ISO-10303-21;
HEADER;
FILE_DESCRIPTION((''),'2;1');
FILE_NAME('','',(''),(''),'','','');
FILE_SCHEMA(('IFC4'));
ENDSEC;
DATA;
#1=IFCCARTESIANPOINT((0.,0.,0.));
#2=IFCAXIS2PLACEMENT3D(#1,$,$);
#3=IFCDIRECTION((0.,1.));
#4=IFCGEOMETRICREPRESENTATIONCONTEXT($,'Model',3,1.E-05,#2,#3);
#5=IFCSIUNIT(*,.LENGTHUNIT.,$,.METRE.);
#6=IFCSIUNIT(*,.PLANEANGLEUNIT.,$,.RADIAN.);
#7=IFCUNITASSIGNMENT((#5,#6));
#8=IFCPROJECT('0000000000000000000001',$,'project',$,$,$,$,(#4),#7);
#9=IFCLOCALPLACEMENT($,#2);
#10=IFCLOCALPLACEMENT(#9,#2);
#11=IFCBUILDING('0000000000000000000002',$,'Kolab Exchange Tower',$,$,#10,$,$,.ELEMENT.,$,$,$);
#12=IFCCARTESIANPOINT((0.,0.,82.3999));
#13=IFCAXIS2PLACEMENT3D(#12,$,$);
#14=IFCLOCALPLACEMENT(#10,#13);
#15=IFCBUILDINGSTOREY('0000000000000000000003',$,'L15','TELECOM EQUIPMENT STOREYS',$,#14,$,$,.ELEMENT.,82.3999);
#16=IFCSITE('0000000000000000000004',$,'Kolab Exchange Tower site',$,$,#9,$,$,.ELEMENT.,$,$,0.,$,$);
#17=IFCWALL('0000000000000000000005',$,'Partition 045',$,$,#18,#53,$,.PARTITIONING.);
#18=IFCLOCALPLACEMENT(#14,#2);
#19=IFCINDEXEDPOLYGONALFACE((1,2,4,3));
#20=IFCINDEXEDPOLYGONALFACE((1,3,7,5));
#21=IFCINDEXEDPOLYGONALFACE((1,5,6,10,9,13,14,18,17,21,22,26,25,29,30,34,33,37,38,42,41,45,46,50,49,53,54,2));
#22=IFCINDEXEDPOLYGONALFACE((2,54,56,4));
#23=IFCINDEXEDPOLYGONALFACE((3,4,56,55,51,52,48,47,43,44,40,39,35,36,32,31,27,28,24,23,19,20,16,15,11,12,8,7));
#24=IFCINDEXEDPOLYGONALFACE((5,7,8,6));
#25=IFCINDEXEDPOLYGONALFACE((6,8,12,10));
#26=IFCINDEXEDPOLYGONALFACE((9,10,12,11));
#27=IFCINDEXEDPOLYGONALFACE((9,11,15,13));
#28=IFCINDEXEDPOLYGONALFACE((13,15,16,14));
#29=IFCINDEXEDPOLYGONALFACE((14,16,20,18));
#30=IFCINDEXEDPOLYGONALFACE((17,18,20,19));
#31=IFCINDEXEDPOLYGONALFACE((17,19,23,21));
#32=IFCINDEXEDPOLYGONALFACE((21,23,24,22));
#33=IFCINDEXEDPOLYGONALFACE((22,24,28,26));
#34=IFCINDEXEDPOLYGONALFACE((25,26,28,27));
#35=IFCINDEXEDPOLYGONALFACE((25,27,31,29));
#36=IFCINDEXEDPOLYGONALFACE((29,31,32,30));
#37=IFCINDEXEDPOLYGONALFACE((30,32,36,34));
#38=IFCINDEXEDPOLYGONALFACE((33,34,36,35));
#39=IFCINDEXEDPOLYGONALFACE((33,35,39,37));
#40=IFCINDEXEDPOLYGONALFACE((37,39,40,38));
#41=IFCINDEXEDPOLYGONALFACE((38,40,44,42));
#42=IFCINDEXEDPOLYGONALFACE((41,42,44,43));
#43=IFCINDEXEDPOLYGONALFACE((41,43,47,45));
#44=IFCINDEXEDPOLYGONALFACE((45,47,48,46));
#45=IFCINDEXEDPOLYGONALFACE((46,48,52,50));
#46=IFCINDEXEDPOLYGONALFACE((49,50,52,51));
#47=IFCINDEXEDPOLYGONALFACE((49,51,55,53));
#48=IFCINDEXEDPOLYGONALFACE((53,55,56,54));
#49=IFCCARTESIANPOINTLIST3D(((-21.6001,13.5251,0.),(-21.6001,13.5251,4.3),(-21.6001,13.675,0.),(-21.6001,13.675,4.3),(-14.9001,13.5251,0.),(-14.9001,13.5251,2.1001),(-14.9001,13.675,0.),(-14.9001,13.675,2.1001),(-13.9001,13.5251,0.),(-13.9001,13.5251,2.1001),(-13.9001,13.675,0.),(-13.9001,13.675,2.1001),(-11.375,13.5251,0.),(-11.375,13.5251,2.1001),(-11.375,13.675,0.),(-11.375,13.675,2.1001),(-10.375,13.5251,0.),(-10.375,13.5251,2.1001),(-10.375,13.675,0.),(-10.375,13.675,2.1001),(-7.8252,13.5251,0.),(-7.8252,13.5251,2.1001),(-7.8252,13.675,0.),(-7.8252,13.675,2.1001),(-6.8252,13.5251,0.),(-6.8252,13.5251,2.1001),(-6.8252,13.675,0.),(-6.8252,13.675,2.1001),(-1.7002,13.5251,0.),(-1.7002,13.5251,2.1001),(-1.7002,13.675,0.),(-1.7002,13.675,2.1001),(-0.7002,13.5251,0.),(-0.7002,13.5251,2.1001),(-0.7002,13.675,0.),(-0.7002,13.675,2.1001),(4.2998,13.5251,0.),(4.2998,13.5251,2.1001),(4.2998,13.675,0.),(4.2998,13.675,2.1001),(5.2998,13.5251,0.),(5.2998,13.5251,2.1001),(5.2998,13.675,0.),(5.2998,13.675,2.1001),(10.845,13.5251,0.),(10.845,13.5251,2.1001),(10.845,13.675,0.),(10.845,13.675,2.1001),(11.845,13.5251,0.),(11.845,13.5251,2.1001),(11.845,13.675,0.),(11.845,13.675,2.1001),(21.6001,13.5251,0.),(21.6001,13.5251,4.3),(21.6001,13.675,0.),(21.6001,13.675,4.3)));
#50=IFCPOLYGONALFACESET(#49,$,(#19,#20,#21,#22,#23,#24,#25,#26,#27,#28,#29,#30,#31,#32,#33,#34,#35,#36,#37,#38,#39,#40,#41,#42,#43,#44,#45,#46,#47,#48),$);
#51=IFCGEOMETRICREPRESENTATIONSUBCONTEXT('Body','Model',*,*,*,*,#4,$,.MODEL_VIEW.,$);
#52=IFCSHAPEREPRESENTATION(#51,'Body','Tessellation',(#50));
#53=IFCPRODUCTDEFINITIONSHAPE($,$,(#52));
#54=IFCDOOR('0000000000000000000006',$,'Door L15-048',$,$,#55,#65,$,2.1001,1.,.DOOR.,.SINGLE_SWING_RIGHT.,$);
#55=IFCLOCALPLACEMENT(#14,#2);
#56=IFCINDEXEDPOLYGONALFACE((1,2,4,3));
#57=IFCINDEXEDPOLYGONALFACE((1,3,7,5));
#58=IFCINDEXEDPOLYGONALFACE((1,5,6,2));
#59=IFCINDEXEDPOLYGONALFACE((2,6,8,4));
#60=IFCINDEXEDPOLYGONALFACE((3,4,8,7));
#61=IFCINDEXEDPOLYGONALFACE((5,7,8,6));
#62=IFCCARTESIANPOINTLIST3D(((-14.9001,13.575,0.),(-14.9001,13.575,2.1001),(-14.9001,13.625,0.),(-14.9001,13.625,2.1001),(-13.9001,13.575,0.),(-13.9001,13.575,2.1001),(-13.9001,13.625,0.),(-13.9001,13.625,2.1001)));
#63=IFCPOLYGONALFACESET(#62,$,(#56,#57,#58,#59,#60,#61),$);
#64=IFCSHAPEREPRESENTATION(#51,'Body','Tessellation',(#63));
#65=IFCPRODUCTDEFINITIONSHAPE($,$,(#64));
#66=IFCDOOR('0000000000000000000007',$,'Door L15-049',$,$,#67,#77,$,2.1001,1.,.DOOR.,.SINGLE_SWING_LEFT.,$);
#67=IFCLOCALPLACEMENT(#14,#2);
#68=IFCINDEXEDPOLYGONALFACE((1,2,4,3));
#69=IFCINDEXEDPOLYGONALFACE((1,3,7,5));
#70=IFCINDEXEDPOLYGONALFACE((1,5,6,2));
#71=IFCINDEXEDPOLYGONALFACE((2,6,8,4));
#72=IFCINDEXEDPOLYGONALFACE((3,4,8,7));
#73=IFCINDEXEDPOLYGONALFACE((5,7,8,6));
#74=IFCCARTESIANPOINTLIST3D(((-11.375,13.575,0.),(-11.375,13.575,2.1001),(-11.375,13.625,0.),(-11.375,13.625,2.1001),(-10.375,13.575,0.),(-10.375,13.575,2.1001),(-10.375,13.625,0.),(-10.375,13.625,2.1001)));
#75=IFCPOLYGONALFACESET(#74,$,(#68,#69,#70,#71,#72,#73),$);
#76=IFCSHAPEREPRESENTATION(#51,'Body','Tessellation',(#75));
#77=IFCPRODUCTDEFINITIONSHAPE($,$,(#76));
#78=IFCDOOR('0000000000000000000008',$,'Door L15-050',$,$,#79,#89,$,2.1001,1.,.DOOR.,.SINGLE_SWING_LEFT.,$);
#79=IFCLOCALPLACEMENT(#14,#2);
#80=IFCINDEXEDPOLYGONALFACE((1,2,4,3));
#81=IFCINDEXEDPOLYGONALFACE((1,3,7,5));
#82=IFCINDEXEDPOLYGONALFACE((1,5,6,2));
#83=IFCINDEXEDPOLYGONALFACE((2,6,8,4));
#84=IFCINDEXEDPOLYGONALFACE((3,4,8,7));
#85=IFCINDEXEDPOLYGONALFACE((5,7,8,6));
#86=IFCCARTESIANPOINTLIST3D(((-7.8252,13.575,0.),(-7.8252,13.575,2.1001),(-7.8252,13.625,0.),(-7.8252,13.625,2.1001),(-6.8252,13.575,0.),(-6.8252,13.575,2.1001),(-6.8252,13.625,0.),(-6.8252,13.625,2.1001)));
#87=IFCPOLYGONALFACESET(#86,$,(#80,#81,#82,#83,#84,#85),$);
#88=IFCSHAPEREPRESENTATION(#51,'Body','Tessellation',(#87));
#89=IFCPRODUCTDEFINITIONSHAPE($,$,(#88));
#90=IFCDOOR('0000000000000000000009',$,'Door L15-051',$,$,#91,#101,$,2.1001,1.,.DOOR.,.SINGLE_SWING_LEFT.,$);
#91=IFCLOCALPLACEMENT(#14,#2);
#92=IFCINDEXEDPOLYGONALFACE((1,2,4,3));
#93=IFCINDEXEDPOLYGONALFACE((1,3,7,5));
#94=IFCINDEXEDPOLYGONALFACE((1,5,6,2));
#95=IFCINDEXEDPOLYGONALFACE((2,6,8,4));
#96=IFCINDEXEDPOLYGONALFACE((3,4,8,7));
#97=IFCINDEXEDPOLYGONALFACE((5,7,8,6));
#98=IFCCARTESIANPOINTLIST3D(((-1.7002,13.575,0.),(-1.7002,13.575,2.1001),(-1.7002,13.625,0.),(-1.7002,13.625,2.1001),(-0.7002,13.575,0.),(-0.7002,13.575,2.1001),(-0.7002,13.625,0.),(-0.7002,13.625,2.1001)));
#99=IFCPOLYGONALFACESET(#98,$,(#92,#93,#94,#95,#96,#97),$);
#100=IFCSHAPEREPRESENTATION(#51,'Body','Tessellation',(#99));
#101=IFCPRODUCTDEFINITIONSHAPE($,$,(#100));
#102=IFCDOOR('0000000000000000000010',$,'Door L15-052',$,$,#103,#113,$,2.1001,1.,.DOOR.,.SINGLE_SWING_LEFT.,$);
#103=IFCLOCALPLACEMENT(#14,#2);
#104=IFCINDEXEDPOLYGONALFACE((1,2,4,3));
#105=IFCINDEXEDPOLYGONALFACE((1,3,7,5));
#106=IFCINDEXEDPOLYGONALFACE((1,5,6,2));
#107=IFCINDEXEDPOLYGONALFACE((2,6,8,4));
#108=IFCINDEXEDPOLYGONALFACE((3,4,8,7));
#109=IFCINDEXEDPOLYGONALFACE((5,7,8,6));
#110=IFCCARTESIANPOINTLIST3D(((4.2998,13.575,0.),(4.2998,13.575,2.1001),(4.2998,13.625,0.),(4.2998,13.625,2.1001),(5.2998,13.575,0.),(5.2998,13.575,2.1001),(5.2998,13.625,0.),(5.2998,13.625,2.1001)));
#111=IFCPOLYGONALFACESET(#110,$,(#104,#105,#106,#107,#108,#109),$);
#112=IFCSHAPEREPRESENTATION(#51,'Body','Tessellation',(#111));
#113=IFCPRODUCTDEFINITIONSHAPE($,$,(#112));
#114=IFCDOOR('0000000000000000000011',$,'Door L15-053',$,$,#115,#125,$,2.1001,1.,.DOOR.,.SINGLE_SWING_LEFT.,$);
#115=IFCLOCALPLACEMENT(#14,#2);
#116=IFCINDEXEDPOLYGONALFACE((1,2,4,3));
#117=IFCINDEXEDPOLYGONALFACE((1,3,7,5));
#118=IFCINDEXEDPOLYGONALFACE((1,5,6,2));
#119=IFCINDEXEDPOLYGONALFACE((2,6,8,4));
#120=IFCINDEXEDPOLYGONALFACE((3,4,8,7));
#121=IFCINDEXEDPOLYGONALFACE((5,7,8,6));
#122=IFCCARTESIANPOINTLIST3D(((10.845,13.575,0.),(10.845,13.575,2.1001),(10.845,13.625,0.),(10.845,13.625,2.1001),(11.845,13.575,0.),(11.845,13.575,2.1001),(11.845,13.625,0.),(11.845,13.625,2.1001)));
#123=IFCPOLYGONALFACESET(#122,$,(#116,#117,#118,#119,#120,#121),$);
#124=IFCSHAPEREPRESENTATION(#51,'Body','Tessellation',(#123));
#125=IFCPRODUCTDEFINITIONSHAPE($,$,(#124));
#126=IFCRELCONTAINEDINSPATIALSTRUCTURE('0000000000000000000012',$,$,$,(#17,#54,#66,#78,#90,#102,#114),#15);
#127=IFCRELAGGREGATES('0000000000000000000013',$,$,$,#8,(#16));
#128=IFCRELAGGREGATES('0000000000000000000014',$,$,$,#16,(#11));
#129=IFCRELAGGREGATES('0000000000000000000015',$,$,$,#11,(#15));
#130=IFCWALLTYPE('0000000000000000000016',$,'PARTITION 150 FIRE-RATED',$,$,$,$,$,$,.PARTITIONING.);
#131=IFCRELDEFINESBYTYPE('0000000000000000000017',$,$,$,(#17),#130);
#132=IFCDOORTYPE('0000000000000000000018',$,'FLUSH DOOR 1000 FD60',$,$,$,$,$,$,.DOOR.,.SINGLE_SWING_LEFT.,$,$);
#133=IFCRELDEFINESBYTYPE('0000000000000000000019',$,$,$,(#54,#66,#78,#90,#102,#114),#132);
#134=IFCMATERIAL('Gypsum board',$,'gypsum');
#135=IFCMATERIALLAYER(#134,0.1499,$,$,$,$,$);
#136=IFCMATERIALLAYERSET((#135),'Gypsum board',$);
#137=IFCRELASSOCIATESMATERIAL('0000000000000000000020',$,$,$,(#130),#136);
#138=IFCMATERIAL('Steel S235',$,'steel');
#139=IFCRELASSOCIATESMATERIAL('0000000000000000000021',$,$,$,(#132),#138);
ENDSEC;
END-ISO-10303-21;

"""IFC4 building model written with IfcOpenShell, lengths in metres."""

from ifc_helpers import new_model, si_unit, direction, frame, frame_2d, origin, place, context, subcontext, project, spatial, rectangle, extrude, material, layer, layer_set, type_object, element, fill, save


model = new_model("IFC4")

# Units and contexts
model_context = context("Model", 3, precision=1e-05, world=origin(), true_north=direction((0.0, 1.0)))
body_context = subcontext(model_context, "Body", "Model", "MODEL_VIEW")
ifc_project = project(units=[si_unit("LENGTHUNIT", "METRE"), si_unit("PLANEANGLEUNIT", "RADIAN")], contexts=[model_context])

# Site, building, storey
site_placement = place(None, origin())
site = spatial("IfcSite", under=ifc_project, at=site_placement, Name="Kolab Exchange Tower site", CompositionType="ELEMENT", RefElevation=0.0)
building_placement = place(site_placement, origin())
building = spatial("IfcBuilding", under=site, at=building_placement, Name="Kolab Exchange Tower", CompositionType="ELEMENT")
storey_placement = place(building_placement, frame((0.0, 0.0, 82.3999)))
storey = spatial("IfcBuildingStorey", under=building, at=storey_placement, Name="L15", Description="TELECOM EQUIPMENT STOREYS", CompositionType="ELEMENT", Elevation=82.3999)

# Shared definitions
ifc_material_1 = material(Name="Gypsum board", Category="gypsum")
ifc_layer_1 = layer(ifc_material_1, 0.1499)
ifc_layer_set_1 = layer_set([ifc_layer_1], Name="Gypsum board")
wall_type_1 = type_object("IfcWallType", Name="PARTITION 150 FIRE-RATED", PredefinedType="PARTITIONING", material=ifc_layer_set_1)

# Wall, openings, doors
wall_1_placement = place(storey_placement, frame((-21.6001, 13.6001, 0.0), z_axis=(0.0, 0.0, 1.0), x_axis=(1.0, 0.0, 0.0)))
wall_1 = element("IfcWall", 1, at=wall_1_placement, inside=storey, type_object=wall_type_1, Name="Partition 045", PredefinedType="PARTITIONING", context=body_context, shape_type="SweptSolid", body=[
    extrude(rectangle(XDim=43.2002, YDim=0.1499, at=frame_2d((21.6001, 0.0))), origin(), (0.0, 0.0, 1.0), 4.3),
])
opening_1_placement = place(wall_1_placement, frame((6.7, 0.0, 0.0)))
opening_1 = element("IfcOpeningElement", 2, at=opening_1_placement, cuts=wall_1, PredefinedType="OPENING", context=body_context, shape_type="SweptSolid", body=[
    extrude(rectangle(XDim=1.0, YDim=2.1001, at=frame_2d((0.5, 1.05))), frame((0.0, 0.085, 0.0), z_axis=(0.0, -1.0, 0.0), x_axis=(1.0, 0.0, 0.0)), (0.0, 0.0, 1.0), 0.1699),
])
opening_2_placement = place(wall_1_placement, frame((10.2251, 0.0, 0.0)))
opening_2 = element("IfcOpeningElement", 3, at=opening_2_placement, cuts=wall_1, PredefinedType="OPENING", context=body_context, shape_type="SweptSolid", body=[
    extrude(rectangle(XDim=1.0, YDim=2.1001, at=frame_2d((0.5, 1.05))), frame((0.0, 0.085, 0.0), z_axis=(0.0, -1.0, 0.0), x_axis=(1.0, 0.0, 0.0)), (0.0, 0.0, 1.0), 0.1699),
])
opening_3_placement = place(wall_1_placement, frame((13.7749, 0.0, 0.0)))
opening_3 = element("IfcOpeningElement", 4, at=opening_3_placement, cuts=wall_1, PredefinedType="OPENING", context=body_context, shape_type="SweptSolid", body=[
    extrude(rectangle(XDim=1.0, YDim=2.1001, at=frame_2d((0.5, 1.05))), frame((0.0, 0.085, 0.0), z_axis=(0.0, -1.0, 0.0), x_axis=(1.0, 0.0, 0.0)), (0.0, 0.0, 1.0), 0.1699),
])
opening_4_placement = place(wall_1_placement, frame((19.8999, 0.0, 0.0)))
opening_4 = element("IfcOpeningElement", 5, at=opening_4_placement, cuts=wall_1, PredefinedType="OPENING", context=body_context, shape_type="SweptSolid", body=[
    extrude(rectangle(XDim=1.0, YDim=2.1001, at=frame_2d((0.5, 1.05))), frame((0.0, 0.085, 0.0), z_axis=(0.0, -1.0, 0.0), x_axis=(1.0, 0.0, 0.0)), (0.0, 0.0, 1.0), 0.1699),
])
opening_5_placement = place(wall_1_placement, frame((25.8999, 0.0, 0.0)))
opening_5 = element("IfcOpeningElement", 6, at=opening_5_placement, cuts=wall_1, PredefinedType="OPENING", context=body_context, shape_type="SweptSolid", body=[
    extrude(rectangle(XDim=1.0, YDim=2.1001, at=frame_2d((0.5, 1.05))), frame((0.0, 0.085, 0.0), z_axis=(0.0, -1.0, 0.0), x_axis=(1.0, 0.0, 0.0)), (0.0, 0.0, 1.0), 0.1699),
])
opening_6_placement = place(wall_1_placement, frame((32.4451, 0.0, 0.0)))
opening_6 = element("IfcOpeningElement", 7, at=opening_6_placement, cuts=wall_1, PredefinedType="OPENING", context=body_context, shape_type="SweptSolid", body=[
    extrude(rectangle(XDim=1.0, YDim=2.1001, at=frame_2d((0.5, 1.05))), frame((0.0, 0.085, 0.0), z_axis=(0.0, -1.0, 0.0), x_axis=(1.0, 0.0, 0.0)), (0.0, 0.0, 1.0), 0.1699),
])
ifc_material_2 = material(Name="Steel S235", Category="steel")
door_type_1 = type_object("IfcDoorType", Name="FLUSH DOOR 1000 FD60", OperationType="SINGLE_SWING_LEFT", PredefinedType="DOOR", material=ifc_material_2)
door_1_placement = place(opening_1_placement, origin())
door_1 = element("IfcDoor", 8, at=door_1_placement, inside=storey, type_object=door_type_1, Name="Door L15-048", OperationType="SINGLE_SWING_RIGHT", OverallHeight=2.1001, OverallWidth=1.0, PredefinedType="DOOR", context=body_context, shape_type="SweptSolid", body=[
    extrude(rectangle(XDim=1.0, YDim=2.1001, at=frame_2d((0.5, 1.05))), frame((0.0, 0.0249, 0.0), z_axis=(0.0, -1.0, 0.0), x_axis=(1.0, 0.0, 0.0)), (0.0, 0.0, 1.0), 0.05),
])
fill(opening_1, door_1)
door_2_placement = place(opening_2_placement, origin())
door_2 = element("IfcDoor", 9, at=door_2_placement, inside=storey, type_object=door_type_1, Name="Door L15-049", OperationType="SINGLE_SWING_LEFT", OverallHeight=2.1001, OverallWidth=1.0, PredefinedType="DOOR", context=body_context, shape_type="SweptSolid", body=[
    extrude(rectangle(XDim=1.0, YDim=2.1001, at=frame_2d((0.5, 1.05))), frame((0.0, 0.0249, 0.0), z_axis=(0.0, -1.0, 0.0), x_axis=(1.0, 0.0, 0.0)), (0.0, 0.0, 1.0), 0.05),
])
fill(opening_2, door_2)
door_3_placement = place(opening_3_placement, origin())
door_3 = element("IfcDoor", 10, at=door_3_placement, inside=storey, type_object=door_type_1, Name="Door L15-050", OperationType="SINGLE_SWING_LEFT", OverallHeight=2.1001, OverallWidth=1.0, PredefinedType="DOOR", context=body_context, shape_type="SweptSolid", body=[
    extrude(rectangle(XDim=1.0, YDim=2.1001, at=frame_2d((0.5, 1.05))), frame((0.0, 0.0249, 0.0), z_axis=(0.0, -1.0, 0.0), x_axis=(1.0, 0.0, 0.0)), (0.0, 0.0, 1.0), 0.05),
])
fill(opening_3, door_3)
door_4_placement = place(opening_4_placement, origin())
door_4 = element("IfcDoor", 11, at=door_4_placement, inside=storey, type_object=door_type_1, Name="Door L15-051", OperationType="SINGLE_SWING_LEFT", OverallHeight=2.1001, OverallWidth=1.0, PredefinedType="DOOR", context=body_context, shape_type="SweptSolid", body=[
    extrude(rectangle(XDim=1.0, YDim=2.1001, at=frame_2d((0.5, 1.05))), frame((0.0, 0.0249, 0.0), z_axis=(0.0, -1.0, 0.0), x_axis=(1.0, 0.0, 0.0)), (0.0, 0.0, 1.0), 0.05),
])
fill(opening_4, door_4)
door_5_placement = place(opening_5_placement, origin())
door_5 = element("IfcDoor", 12, at=door_5_placement, inside=storey, type_object=door_type_1, Name="Door L15-052", OperationType="SINGLE_SWING_LEFT", OverallHeight=2.1001, OverallWidth=1.0, PredefinedType="DOOR", context=body_context, shape_type="SweptSolid", body=[
    extrude(rectangle(XDim=1.0, YDim=2.1001, at=frame_2d((0.5, 1.05))), frame((0.0, 0.0249, 0.0), z_axis=(0.0, -1.0, 0.0), x_axis=(1.0, 0.0, 0.0)), (0.0, 0.0, 1.0), 0.05),
])
fill(opening_5, door_5)
door_6_placement = place(opening_6_placement, origin())
door_6 = element("IfcDoor", 13, at=door_6_placement, inside=storey, type_object=door_type_1, Name="Door L15-053", OperationType="SINGLE_SWING_LEFT", OverallHeight=2.1001, OverallWidth=1.0, PredefinedType="DOOR", context=body_context, shape_type="SweptSolid", body=[
    extrude(rectangle(XDim=1.0, YDim=2.1001, at=frame_2d((0.5, 1.05))), frame((0.0, 0.0249, 0.0), z_axis=(0.0, -1.0, 0.0), x_axis=(1.0, 0.0, 0.0)), (0.0, 0.0, 1.0), 0.05),
])
fill(opening_6, door_6)

save(model, "model.ifc")
